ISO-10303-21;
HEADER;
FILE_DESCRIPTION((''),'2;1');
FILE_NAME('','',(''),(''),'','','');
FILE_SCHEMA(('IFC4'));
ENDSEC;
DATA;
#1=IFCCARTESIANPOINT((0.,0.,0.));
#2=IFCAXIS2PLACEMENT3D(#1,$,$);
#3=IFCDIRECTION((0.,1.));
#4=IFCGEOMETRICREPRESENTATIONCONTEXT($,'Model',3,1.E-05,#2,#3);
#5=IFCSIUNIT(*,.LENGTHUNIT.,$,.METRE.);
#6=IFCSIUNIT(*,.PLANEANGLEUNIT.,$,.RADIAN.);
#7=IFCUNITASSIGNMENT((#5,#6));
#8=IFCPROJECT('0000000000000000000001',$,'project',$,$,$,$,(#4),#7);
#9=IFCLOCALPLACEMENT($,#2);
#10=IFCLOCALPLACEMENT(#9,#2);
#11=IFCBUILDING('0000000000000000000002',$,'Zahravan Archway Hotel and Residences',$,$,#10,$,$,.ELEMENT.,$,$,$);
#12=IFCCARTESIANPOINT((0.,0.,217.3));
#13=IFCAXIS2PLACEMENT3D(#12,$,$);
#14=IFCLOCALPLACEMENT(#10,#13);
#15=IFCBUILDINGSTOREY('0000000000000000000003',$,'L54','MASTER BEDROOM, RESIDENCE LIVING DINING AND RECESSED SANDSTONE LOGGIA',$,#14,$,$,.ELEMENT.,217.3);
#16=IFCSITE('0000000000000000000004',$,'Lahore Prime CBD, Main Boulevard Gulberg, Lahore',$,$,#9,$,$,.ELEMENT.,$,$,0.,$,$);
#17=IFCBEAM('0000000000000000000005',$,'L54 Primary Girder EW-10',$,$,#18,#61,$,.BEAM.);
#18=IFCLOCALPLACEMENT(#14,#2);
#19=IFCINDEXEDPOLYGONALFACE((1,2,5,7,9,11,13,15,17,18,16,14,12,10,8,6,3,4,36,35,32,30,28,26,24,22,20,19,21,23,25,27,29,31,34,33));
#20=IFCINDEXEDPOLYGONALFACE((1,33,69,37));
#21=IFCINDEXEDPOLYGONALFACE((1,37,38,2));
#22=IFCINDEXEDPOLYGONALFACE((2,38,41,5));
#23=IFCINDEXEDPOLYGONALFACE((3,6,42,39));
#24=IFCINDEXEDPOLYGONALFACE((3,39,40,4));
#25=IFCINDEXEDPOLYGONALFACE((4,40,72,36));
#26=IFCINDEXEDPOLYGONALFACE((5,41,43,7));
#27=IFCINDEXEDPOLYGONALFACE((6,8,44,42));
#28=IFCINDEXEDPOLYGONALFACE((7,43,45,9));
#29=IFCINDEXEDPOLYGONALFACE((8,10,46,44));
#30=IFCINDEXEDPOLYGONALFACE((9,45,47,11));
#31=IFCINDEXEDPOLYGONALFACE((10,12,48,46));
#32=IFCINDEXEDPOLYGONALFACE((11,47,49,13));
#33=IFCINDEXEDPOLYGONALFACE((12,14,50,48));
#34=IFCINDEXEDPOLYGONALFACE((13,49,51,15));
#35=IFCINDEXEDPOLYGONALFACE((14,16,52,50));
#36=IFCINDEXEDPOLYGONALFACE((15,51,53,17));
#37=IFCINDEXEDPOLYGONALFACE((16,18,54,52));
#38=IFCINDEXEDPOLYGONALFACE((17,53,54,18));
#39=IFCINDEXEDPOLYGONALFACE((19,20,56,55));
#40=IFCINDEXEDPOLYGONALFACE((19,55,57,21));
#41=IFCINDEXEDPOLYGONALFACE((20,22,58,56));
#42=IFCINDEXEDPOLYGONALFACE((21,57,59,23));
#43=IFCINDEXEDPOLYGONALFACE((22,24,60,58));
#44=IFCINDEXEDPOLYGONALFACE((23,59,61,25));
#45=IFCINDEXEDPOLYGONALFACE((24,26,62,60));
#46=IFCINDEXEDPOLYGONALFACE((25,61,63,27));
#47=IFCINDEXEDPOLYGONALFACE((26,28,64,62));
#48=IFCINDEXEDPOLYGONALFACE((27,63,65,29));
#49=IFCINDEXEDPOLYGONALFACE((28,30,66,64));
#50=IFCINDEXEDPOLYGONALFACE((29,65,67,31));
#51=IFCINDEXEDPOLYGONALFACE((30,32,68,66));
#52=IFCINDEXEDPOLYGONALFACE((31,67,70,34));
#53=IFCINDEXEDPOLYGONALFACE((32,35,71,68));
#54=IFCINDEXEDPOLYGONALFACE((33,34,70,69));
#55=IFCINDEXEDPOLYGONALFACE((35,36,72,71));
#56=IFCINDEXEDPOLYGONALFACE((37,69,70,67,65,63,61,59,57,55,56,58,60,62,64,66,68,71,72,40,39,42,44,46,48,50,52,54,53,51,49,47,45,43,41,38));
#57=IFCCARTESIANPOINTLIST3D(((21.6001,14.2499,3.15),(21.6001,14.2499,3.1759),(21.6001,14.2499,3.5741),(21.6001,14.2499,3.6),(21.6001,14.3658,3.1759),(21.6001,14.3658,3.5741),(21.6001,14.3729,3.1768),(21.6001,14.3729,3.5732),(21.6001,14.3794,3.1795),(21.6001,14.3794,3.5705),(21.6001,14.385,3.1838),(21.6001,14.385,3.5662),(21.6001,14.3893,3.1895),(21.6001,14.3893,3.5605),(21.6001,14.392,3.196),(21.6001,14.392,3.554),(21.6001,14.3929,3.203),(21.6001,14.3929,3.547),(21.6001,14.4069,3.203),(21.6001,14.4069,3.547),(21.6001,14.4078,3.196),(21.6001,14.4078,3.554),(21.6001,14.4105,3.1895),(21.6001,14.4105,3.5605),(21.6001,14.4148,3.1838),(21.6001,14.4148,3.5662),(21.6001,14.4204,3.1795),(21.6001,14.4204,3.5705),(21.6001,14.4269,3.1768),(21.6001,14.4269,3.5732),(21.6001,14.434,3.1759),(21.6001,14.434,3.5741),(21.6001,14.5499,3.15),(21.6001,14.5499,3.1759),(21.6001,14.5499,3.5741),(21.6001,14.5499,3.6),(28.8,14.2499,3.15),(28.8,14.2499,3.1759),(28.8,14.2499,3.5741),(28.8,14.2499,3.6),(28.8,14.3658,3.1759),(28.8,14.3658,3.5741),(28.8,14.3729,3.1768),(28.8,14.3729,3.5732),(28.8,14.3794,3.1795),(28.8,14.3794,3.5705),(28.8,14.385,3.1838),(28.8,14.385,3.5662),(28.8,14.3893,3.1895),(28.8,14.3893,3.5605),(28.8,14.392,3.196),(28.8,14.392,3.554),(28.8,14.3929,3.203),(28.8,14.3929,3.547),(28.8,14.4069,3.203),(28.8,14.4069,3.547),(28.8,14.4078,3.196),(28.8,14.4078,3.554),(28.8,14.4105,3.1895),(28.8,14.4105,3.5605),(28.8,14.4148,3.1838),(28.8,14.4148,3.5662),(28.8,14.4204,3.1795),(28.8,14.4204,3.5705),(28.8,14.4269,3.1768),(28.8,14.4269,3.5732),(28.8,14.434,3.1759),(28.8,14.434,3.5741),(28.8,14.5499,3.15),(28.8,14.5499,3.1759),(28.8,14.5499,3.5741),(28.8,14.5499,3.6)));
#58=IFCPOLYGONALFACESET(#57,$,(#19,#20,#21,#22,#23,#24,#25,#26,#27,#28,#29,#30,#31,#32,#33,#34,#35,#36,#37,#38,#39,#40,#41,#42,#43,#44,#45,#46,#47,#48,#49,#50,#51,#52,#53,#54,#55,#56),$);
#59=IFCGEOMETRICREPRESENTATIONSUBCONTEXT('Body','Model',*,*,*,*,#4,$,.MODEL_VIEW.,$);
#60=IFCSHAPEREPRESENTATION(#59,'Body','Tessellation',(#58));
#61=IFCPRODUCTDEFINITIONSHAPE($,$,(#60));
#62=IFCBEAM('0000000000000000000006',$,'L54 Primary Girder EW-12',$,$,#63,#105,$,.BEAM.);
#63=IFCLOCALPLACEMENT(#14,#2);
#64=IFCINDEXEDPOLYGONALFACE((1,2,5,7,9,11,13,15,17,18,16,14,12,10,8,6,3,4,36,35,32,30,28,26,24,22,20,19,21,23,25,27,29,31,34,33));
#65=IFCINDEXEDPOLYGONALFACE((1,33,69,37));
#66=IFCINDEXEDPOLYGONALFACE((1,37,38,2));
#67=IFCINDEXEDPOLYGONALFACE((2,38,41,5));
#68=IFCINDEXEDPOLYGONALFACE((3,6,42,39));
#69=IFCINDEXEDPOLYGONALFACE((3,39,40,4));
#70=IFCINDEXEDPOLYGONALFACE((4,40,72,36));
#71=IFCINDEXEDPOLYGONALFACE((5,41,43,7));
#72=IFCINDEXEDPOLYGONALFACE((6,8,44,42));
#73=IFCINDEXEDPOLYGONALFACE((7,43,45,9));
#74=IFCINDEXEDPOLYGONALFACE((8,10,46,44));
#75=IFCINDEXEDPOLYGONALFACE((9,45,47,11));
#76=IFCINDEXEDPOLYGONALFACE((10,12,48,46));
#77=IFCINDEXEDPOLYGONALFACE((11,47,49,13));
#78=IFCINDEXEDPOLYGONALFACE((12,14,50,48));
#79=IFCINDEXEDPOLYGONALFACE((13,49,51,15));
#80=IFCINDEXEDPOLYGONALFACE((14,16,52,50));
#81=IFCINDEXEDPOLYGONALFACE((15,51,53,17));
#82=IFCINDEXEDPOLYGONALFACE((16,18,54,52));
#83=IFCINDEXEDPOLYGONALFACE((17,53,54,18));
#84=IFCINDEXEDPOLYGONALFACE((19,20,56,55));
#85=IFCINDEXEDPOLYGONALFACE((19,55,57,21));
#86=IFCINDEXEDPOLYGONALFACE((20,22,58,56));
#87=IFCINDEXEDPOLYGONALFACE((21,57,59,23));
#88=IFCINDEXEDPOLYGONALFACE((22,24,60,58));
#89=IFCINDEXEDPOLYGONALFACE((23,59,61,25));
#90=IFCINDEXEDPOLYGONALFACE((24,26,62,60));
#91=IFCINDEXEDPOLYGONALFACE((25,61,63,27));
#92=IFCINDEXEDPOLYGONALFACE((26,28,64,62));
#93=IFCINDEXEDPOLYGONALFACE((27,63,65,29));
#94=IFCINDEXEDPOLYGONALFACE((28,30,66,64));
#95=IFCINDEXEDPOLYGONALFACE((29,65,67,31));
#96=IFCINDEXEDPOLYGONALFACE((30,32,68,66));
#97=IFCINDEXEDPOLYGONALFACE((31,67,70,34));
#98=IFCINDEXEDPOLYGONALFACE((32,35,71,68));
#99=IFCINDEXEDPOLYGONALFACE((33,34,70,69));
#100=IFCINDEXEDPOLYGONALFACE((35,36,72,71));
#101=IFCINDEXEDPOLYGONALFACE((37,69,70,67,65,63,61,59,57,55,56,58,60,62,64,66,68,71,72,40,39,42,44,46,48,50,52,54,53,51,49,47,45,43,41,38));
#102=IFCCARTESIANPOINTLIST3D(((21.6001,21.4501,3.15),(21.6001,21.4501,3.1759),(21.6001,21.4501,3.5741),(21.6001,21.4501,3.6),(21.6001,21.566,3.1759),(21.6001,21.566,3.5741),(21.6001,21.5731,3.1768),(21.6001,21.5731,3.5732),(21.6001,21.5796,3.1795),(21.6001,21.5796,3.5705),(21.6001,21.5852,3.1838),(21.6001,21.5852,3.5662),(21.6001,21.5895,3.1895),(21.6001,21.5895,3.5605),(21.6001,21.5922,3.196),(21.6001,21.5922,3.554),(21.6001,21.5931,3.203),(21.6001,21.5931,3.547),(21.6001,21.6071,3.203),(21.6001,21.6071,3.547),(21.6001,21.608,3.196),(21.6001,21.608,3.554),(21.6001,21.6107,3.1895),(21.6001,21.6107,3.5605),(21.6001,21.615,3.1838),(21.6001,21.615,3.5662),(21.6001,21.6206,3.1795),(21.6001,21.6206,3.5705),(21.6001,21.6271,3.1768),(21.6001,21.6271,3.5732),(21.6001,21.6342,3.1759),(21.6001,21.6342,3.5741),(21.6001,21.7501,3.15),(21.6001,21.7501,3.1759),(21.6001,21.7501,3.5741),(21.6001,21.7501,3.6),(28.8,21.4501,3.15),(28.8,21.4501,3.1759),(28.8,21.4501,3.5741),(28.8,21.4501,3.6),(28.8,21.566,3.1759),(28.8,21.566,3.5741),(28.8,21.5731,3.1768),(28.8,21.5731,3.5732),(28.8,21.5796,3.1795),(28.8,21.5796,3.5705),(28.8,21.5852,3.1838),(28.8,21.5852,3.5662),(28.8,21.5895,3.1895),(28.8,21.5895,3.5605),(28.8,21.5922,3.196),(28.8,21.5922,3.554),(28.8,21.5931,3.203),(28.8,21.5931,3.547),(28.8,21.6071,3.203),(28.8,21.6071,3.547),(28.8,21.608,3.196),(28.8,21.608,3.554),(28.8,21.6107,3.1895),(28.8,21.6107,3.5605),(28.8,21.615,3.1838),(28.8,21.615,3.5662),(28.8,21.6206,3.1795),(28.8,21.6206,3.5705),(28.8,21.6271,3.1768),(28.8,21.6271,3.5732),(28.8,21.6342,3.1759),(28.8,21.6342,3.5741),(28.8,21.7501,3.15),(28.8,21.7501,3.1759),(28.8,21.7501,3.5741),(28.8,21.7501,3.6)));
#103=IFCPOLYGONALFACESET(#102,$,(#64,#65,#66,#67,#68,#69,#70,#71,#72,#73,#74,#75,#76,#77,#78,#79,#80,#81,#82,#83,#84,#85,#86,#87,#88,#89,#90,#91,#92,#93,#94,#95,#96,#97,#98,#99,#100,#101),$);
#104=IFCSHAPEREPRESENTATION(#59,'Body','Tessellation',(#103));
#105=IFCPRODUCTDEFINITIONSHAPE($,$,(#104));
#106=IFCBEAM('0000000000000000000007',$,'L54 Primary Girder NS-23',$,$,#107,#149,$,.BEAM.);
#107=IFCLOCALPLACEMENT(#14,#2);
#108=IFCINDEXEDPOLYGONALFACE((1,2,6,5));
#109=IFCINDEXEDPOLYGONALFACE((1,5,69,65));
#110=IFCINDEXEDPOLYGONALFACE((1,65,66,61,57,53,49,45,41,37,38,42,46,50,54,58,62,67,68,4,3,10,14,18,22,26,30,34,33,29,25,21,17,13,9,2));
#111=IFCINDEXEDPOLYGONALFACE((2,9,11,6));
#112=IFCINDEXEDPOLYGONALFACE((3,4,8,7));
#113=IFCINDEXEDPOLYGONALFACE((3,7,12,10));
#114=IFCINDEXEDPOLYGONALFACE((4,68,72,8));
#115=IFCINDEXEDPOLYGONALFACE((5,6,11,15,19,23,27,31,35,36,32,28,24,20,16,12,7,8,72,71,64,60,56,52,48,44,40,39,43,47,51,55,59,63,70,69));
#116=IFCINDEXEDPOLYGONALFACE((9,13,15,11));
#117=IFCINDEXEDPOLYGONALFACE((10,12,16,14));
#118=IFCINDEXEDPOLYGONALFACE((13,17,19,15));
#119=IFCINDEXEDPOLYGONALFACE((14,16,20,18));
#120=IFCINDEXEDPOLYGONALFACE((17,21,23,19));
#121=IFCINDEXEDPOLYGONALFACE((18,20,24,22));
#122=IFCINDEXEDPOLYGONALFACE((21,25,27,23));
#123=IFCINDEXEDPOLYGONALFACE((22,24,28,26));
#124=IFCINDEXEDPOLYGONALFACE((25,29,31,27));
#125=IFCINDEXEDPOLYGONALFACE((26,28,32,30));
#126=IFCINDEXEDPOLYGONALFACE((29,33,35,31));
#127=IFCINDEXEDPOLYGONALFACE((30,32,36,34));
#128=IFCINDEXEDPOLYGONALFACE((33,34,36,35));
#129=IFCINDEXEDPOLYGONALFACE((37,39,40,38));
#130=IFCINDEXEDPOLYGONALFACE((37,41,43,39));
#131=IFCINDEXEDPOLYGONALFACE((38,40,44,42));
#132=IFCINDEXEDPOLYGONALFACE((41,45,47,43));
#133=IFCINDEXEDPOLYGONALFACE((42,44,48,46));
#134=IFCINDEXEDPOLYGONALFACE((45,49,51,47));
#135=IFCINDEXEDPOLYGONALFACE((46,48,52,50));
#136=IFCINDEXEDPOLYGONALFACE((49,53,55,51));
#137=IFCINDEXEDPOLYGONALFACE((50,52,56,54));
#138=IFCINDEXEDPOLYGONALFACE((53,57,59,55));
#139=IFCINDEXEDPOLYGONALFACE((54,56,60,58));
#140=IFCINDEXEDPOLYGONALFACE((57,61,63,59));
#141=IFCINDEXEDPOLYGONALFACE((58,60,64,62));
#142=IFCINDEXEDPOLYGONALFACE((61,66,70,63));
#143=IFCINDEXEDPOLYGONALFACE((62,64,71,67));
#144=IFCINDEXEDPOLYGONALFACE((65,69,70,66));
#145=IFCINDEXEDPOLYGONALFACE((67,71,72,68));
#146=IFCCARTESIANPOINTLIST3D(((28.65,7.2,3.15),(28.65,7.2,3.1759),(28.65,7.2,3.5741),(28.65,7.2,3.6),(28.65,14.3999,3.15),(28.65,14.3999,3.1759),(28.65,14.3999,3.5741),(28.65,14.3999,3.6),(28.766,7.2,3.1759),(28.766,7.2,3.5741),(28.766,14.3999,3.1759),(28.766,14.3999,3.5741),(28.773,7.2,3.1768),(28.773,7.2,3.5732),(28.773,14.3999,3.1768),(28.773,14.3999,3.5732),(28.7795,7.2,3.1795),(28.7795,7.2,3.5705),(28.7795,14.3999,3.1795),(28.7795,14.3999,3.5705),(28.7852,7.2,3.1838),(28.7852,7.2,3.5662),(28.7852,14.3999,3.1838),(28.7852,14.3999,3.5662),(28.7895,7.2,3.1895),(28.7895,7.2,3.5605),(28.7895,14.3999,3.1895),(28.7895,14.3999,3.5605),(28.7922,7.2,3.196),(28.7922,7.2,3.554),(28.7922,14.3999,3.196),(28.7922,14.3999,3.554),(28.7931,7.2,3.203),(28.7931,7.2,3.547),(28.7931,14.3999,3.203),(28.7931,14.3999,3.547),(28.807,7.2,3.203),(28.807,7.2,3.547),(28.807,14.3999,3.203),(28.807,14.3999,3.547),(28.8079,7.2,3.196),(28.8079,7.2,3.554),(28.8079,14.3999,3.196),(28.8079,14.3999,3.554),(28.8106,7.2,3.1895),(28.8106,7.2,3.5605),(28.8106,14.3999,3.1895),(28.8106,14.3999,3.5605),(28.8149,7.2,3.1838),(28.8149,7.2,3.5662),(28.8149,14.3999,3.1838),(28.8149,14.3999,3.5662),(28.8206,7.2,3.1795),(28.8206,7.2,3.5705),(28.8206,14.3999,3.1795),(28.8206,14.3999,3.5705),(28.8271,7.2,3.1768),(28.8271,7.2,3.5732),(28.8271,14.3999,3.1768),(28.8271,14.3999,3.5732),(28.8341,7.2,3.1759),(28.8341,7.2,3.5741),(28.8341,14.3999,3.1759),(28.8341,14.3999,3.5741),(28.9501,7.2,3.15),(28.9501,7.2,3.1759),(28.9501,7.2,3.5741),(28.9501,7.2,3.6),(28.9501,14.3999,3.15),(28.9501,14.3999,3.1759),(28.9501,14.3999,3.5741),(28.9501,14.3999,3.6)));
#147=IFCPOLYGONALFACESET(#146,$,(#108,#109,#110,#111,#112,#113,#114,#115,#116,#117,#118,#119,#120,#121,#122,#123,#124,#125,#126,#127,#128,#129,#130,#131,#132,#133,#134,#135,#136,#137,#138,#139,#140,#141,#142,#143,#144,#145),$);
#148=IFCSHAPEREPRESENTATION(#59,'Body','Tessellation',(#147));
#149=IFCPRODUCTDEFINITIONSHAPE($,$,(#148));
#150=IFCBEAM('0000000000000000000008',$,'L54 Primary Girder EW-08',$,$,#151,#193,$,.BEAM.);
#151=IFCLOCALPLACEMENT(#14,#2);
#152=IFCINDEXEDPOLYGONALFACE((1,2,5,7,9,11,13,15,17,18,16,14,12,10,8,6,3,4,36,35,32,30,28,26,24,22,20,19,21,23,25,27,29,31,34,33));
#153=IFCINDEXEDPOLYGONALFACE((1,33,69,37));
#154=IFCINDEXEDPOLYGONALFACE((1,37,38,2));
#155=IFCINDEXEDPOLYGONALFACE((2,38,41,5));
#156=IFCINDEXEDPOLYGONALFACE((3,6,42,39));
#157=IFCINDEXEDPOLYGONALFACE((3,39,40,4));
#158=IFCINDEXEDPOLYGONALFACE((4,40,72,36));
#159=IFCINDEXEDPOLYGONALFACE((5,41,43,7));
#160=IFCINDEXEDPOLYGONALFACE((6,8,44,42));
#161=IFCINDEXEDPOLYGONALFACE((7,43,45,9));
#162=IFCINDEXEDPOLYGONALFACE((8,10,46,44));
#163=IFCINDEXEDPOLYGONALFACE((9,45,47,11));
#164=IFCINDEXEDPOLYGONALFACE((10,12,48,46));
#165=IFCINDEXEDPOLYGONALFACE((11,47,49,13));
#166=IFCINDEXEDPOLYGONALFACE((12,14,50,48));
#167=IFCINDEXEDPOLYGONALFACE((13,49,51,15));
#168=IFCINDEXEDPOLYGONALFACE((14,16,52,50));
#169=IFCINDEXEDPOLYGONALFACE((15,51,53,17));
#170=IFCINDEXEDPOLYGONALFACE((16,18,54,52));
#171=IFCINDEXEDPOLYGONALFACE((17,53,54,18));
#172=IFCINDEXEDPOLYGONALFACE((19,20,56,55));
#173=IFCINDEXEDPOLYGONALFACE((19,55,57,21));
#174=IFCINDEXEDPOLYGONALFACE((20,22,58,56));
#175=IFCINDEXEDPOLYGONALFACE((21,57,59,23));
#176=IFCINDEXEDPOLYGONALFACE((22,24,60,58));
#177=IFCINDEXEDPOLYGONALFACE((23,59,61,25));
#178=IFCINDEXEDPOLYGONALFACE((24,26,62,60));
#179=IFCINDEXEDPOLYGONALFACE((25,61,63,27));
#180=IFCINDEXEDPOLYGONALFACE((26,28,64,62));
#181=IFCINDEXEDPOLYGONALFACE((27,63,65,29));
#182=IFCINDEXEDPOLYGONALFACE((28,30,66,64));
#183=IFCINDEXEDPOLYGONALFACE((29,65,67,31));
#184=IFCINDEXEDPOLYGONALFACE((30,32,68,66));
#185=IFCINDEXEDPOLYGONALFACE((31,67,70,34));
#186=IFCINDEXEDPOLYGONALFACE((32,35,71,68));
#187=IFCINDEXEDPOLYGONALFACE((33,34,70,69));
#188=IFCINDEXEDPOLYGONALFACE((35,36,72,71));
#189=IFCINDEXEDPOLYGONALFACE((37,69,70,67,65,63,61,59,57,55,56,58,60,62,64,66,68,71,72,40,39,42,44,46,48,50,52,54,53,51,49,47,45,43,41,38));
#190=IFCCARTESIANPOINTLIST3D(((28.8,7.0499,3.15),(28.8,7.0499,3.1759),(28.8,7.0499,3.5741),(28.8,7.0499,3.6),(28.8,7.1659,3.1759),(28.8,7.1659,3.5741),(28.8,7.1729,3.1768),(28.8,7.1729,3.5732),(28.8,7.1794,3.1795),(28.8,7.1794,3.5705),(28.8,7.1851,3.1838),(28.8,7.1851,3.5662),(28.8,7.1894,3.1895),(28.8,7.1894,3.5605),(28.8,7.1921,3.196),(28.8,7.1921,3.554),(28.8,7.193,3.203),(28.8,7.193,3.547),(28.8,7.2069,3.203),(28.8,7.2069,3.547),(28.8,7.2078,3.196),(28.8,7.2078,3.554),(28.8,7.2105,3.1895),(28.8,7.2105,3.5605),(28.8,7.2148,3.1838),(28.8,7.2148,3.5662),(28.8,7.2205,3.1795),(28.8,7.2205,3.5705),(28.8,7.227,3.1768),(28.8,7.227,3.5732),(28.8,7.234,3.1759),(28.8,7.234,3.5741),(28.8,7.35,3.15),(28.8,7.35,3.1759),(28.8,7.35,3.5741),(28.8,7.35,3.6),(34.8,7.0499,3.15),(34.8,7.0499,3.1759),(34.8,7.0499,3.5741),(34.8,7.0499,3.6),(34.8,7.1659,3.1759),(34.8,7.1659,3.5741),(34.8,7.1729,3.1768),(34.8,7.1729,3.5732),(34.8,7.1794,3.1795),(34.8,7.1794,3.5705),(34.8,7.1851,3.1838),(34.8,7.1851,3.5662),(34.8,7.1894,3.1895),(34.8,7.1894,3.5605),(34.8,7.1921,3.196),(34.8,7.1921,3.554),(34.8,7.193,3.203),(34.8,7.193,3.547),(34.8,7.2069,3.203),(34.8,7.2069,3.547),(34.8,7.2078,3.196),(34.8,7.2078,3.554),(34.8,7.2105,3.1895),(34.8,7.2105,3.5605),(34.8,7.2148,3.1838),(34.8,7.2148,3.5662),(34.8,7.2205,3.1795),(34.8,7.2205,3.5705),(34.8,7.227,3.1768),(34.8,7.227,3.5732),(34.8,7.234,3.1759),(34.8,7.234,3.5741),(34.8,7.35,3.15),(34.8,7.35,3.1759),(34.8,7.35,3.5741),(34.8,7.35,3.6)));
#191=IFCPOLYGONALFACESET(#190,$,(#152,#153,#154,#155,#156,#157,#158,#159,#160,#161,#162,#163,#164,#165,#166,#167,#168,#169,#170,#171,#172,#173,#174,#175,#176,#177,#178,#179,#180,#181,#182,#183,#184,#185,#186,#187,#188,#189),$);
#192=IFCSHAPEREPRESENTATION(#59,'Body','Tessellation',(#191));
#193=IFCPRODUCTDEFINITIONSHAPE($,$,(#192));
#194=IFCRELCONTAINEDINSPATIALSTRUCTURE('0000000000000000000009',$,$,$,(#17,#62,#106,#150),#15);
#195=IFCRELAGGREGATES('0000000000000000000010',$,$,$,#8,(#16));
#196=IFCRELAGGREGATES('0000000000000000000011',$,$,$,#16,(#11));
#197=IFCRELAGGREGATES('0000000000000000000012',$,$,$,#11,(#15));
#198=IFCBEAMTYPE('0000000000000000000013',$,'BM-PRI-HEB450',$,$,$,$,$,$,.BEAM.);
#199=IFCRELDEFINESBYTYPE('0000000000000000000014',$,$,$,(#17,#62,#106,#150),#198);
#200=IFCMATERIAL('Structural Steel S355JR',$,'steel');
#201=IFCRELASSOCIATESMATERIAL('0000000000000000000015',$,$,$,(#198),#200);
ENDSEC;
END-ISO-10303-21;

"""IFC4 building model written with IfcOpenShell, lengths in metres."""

from ifc_helpers import new_model, si_unit, direction, frame, origin, origin_2d, place, context, subcontext, project, spatial, i_section, extrude, source, transform, mapped, material, material_profile, profile_set, type_object, element, save


model = new_model("IFC4")

# Units and contexts
model_context = context("Model", 3, precision=1e-05, world=origin(), true_north=direction((0.0, 1.0)))
body_context = subcontext(model_context, "Body", "Model", "MODEL_VIEW")
ifc_project = project(units=[si_unit("LENGTHUNIT", "METRE"), si_unit("PLANEANGLEUNIT", "RADIAN")], contexts=[model_context])

# Site, building, storey
site_placement = place(None, origin())
site = spatial("IfcSite", under=ifc_project, at=site_placement, Name="Lahore Prime CBD, Main Boulevard Gulberg, Lahore", CompositionType="ELEMENT", RefElevation=0.0)
building_placement = place(site_placement, origin())
building = spatial("IfcBuilding", under=site, at=building_placement, Name="Zahravan Archway Hotel and Residences", CompositionType="ELEMENT")
storey_placement = place(building_placement, frame((0.0, 0.0, 217.3)))
storey = spatial("IfcBuildingStorey", under=building, at=storey_placement, Name="L54", Description="MASTER BEDROOM, RESIDENCE LIVING DINING AND RECESSED SANDSTONE LOGGIA", CompositionType="ELEMENT", Elevation=217.3)

# Beams
ifc_material_1 = material(Name="Structural Steel S355JR", Category="steel")
ifc_material_profile_1 = material_profile(ifc_material_1, i_section(OverallWidth=0.3, OverallDepth=0.45, WebThickness=0.0139, FlangeThickness=0.0259, FilletRadius=0.0271, at=origin_2d()), Name="HEB 450", Category="steel")
ifc_profile_set_1 = profile_set([ifc_material_profile_1], Name="Structural Steel S355JR")
beam_type_1 = type_object("IfcBeamType", Name="BM-PRI-HEB450", PredefinedType="BEAM", material=ifc_profile_set_1)
shared_shape_1 = source(origin(), body_context, "Body", "SweptSolid", [
    extrude(i_section(OverallWidth=0.3, OverallDepth=0.45, WebThickness=0.0139, FlangeThickness=0.0259, FilletRadius=0.0271, at=origin_2d()), origin(), (0.0, 0.0, 1.0), 7.2),
])
for number, where, z_axis, x_axis, name in (
    (1, (21.6001, 14.3999, 3.375), (1.0, 0.0, 0.0), (0.0, 1.0, 0.0), "L54 Primary Girder EW-10"),
    (2, (21.6001, 21.6001, 3.375), (1.0, 0.0, 0.0), (0.0, 1.0, 0.0), "L54 Primary Girder EW-12"),
    (3, (28.8, 7.2, 3.375), (0.0, 1.0, 0.0), (-1.0, 0.0, 0.0), "L54 Primary Girder NS-23"),
):
    element("IfcBeam", number, at=place(storey_placement, frame(where, z_axis=z_axis, x_axis=x_axis)), inside=storey, type_object=beam_type_1, Name=name, PredefinedType="BEAM", context=body_context, shape_type="MappedRepresentation", body=[
        mapped(shared_shape_1, transform((0.0, 0.0, 0.0), scale=1.0)),
    ])
shared_shape_2 = source(origin(), body_context, "Body", "SweptSolid", [
    extrude(i_section(OverallWidth=0.3, OverallDepth=0.45, WebThickness=0.0139, FlangeThickness=0.0259, FilletRadius=0.0271, at=origin_2d()), origin(), (0.0, 0.0, 1.0), 6.0),
])
for number, where, z_axis, x_axis, name in (
    (4, (28.8, 7.2, 3.375), (1.0, 0.0, 0.0), (0.0, 1.0, 0.0), "L54 Primary Girder EW-08"),
):
    element("IfcBeam", number, at=place(storey_placement, frame(where, z_axis=z_axis, x_axis=x_axis)), inside=storey, type_object=beam_type_1, Name=name, PredefinedType="BEAM", context=body_context, shape_type="MappedRepresentation", body=[
        mapped(shared_shape_2, transform((0.0, 0.0, 0.0), scale=1.0)),
    ])

save(model, "model.ifc")
